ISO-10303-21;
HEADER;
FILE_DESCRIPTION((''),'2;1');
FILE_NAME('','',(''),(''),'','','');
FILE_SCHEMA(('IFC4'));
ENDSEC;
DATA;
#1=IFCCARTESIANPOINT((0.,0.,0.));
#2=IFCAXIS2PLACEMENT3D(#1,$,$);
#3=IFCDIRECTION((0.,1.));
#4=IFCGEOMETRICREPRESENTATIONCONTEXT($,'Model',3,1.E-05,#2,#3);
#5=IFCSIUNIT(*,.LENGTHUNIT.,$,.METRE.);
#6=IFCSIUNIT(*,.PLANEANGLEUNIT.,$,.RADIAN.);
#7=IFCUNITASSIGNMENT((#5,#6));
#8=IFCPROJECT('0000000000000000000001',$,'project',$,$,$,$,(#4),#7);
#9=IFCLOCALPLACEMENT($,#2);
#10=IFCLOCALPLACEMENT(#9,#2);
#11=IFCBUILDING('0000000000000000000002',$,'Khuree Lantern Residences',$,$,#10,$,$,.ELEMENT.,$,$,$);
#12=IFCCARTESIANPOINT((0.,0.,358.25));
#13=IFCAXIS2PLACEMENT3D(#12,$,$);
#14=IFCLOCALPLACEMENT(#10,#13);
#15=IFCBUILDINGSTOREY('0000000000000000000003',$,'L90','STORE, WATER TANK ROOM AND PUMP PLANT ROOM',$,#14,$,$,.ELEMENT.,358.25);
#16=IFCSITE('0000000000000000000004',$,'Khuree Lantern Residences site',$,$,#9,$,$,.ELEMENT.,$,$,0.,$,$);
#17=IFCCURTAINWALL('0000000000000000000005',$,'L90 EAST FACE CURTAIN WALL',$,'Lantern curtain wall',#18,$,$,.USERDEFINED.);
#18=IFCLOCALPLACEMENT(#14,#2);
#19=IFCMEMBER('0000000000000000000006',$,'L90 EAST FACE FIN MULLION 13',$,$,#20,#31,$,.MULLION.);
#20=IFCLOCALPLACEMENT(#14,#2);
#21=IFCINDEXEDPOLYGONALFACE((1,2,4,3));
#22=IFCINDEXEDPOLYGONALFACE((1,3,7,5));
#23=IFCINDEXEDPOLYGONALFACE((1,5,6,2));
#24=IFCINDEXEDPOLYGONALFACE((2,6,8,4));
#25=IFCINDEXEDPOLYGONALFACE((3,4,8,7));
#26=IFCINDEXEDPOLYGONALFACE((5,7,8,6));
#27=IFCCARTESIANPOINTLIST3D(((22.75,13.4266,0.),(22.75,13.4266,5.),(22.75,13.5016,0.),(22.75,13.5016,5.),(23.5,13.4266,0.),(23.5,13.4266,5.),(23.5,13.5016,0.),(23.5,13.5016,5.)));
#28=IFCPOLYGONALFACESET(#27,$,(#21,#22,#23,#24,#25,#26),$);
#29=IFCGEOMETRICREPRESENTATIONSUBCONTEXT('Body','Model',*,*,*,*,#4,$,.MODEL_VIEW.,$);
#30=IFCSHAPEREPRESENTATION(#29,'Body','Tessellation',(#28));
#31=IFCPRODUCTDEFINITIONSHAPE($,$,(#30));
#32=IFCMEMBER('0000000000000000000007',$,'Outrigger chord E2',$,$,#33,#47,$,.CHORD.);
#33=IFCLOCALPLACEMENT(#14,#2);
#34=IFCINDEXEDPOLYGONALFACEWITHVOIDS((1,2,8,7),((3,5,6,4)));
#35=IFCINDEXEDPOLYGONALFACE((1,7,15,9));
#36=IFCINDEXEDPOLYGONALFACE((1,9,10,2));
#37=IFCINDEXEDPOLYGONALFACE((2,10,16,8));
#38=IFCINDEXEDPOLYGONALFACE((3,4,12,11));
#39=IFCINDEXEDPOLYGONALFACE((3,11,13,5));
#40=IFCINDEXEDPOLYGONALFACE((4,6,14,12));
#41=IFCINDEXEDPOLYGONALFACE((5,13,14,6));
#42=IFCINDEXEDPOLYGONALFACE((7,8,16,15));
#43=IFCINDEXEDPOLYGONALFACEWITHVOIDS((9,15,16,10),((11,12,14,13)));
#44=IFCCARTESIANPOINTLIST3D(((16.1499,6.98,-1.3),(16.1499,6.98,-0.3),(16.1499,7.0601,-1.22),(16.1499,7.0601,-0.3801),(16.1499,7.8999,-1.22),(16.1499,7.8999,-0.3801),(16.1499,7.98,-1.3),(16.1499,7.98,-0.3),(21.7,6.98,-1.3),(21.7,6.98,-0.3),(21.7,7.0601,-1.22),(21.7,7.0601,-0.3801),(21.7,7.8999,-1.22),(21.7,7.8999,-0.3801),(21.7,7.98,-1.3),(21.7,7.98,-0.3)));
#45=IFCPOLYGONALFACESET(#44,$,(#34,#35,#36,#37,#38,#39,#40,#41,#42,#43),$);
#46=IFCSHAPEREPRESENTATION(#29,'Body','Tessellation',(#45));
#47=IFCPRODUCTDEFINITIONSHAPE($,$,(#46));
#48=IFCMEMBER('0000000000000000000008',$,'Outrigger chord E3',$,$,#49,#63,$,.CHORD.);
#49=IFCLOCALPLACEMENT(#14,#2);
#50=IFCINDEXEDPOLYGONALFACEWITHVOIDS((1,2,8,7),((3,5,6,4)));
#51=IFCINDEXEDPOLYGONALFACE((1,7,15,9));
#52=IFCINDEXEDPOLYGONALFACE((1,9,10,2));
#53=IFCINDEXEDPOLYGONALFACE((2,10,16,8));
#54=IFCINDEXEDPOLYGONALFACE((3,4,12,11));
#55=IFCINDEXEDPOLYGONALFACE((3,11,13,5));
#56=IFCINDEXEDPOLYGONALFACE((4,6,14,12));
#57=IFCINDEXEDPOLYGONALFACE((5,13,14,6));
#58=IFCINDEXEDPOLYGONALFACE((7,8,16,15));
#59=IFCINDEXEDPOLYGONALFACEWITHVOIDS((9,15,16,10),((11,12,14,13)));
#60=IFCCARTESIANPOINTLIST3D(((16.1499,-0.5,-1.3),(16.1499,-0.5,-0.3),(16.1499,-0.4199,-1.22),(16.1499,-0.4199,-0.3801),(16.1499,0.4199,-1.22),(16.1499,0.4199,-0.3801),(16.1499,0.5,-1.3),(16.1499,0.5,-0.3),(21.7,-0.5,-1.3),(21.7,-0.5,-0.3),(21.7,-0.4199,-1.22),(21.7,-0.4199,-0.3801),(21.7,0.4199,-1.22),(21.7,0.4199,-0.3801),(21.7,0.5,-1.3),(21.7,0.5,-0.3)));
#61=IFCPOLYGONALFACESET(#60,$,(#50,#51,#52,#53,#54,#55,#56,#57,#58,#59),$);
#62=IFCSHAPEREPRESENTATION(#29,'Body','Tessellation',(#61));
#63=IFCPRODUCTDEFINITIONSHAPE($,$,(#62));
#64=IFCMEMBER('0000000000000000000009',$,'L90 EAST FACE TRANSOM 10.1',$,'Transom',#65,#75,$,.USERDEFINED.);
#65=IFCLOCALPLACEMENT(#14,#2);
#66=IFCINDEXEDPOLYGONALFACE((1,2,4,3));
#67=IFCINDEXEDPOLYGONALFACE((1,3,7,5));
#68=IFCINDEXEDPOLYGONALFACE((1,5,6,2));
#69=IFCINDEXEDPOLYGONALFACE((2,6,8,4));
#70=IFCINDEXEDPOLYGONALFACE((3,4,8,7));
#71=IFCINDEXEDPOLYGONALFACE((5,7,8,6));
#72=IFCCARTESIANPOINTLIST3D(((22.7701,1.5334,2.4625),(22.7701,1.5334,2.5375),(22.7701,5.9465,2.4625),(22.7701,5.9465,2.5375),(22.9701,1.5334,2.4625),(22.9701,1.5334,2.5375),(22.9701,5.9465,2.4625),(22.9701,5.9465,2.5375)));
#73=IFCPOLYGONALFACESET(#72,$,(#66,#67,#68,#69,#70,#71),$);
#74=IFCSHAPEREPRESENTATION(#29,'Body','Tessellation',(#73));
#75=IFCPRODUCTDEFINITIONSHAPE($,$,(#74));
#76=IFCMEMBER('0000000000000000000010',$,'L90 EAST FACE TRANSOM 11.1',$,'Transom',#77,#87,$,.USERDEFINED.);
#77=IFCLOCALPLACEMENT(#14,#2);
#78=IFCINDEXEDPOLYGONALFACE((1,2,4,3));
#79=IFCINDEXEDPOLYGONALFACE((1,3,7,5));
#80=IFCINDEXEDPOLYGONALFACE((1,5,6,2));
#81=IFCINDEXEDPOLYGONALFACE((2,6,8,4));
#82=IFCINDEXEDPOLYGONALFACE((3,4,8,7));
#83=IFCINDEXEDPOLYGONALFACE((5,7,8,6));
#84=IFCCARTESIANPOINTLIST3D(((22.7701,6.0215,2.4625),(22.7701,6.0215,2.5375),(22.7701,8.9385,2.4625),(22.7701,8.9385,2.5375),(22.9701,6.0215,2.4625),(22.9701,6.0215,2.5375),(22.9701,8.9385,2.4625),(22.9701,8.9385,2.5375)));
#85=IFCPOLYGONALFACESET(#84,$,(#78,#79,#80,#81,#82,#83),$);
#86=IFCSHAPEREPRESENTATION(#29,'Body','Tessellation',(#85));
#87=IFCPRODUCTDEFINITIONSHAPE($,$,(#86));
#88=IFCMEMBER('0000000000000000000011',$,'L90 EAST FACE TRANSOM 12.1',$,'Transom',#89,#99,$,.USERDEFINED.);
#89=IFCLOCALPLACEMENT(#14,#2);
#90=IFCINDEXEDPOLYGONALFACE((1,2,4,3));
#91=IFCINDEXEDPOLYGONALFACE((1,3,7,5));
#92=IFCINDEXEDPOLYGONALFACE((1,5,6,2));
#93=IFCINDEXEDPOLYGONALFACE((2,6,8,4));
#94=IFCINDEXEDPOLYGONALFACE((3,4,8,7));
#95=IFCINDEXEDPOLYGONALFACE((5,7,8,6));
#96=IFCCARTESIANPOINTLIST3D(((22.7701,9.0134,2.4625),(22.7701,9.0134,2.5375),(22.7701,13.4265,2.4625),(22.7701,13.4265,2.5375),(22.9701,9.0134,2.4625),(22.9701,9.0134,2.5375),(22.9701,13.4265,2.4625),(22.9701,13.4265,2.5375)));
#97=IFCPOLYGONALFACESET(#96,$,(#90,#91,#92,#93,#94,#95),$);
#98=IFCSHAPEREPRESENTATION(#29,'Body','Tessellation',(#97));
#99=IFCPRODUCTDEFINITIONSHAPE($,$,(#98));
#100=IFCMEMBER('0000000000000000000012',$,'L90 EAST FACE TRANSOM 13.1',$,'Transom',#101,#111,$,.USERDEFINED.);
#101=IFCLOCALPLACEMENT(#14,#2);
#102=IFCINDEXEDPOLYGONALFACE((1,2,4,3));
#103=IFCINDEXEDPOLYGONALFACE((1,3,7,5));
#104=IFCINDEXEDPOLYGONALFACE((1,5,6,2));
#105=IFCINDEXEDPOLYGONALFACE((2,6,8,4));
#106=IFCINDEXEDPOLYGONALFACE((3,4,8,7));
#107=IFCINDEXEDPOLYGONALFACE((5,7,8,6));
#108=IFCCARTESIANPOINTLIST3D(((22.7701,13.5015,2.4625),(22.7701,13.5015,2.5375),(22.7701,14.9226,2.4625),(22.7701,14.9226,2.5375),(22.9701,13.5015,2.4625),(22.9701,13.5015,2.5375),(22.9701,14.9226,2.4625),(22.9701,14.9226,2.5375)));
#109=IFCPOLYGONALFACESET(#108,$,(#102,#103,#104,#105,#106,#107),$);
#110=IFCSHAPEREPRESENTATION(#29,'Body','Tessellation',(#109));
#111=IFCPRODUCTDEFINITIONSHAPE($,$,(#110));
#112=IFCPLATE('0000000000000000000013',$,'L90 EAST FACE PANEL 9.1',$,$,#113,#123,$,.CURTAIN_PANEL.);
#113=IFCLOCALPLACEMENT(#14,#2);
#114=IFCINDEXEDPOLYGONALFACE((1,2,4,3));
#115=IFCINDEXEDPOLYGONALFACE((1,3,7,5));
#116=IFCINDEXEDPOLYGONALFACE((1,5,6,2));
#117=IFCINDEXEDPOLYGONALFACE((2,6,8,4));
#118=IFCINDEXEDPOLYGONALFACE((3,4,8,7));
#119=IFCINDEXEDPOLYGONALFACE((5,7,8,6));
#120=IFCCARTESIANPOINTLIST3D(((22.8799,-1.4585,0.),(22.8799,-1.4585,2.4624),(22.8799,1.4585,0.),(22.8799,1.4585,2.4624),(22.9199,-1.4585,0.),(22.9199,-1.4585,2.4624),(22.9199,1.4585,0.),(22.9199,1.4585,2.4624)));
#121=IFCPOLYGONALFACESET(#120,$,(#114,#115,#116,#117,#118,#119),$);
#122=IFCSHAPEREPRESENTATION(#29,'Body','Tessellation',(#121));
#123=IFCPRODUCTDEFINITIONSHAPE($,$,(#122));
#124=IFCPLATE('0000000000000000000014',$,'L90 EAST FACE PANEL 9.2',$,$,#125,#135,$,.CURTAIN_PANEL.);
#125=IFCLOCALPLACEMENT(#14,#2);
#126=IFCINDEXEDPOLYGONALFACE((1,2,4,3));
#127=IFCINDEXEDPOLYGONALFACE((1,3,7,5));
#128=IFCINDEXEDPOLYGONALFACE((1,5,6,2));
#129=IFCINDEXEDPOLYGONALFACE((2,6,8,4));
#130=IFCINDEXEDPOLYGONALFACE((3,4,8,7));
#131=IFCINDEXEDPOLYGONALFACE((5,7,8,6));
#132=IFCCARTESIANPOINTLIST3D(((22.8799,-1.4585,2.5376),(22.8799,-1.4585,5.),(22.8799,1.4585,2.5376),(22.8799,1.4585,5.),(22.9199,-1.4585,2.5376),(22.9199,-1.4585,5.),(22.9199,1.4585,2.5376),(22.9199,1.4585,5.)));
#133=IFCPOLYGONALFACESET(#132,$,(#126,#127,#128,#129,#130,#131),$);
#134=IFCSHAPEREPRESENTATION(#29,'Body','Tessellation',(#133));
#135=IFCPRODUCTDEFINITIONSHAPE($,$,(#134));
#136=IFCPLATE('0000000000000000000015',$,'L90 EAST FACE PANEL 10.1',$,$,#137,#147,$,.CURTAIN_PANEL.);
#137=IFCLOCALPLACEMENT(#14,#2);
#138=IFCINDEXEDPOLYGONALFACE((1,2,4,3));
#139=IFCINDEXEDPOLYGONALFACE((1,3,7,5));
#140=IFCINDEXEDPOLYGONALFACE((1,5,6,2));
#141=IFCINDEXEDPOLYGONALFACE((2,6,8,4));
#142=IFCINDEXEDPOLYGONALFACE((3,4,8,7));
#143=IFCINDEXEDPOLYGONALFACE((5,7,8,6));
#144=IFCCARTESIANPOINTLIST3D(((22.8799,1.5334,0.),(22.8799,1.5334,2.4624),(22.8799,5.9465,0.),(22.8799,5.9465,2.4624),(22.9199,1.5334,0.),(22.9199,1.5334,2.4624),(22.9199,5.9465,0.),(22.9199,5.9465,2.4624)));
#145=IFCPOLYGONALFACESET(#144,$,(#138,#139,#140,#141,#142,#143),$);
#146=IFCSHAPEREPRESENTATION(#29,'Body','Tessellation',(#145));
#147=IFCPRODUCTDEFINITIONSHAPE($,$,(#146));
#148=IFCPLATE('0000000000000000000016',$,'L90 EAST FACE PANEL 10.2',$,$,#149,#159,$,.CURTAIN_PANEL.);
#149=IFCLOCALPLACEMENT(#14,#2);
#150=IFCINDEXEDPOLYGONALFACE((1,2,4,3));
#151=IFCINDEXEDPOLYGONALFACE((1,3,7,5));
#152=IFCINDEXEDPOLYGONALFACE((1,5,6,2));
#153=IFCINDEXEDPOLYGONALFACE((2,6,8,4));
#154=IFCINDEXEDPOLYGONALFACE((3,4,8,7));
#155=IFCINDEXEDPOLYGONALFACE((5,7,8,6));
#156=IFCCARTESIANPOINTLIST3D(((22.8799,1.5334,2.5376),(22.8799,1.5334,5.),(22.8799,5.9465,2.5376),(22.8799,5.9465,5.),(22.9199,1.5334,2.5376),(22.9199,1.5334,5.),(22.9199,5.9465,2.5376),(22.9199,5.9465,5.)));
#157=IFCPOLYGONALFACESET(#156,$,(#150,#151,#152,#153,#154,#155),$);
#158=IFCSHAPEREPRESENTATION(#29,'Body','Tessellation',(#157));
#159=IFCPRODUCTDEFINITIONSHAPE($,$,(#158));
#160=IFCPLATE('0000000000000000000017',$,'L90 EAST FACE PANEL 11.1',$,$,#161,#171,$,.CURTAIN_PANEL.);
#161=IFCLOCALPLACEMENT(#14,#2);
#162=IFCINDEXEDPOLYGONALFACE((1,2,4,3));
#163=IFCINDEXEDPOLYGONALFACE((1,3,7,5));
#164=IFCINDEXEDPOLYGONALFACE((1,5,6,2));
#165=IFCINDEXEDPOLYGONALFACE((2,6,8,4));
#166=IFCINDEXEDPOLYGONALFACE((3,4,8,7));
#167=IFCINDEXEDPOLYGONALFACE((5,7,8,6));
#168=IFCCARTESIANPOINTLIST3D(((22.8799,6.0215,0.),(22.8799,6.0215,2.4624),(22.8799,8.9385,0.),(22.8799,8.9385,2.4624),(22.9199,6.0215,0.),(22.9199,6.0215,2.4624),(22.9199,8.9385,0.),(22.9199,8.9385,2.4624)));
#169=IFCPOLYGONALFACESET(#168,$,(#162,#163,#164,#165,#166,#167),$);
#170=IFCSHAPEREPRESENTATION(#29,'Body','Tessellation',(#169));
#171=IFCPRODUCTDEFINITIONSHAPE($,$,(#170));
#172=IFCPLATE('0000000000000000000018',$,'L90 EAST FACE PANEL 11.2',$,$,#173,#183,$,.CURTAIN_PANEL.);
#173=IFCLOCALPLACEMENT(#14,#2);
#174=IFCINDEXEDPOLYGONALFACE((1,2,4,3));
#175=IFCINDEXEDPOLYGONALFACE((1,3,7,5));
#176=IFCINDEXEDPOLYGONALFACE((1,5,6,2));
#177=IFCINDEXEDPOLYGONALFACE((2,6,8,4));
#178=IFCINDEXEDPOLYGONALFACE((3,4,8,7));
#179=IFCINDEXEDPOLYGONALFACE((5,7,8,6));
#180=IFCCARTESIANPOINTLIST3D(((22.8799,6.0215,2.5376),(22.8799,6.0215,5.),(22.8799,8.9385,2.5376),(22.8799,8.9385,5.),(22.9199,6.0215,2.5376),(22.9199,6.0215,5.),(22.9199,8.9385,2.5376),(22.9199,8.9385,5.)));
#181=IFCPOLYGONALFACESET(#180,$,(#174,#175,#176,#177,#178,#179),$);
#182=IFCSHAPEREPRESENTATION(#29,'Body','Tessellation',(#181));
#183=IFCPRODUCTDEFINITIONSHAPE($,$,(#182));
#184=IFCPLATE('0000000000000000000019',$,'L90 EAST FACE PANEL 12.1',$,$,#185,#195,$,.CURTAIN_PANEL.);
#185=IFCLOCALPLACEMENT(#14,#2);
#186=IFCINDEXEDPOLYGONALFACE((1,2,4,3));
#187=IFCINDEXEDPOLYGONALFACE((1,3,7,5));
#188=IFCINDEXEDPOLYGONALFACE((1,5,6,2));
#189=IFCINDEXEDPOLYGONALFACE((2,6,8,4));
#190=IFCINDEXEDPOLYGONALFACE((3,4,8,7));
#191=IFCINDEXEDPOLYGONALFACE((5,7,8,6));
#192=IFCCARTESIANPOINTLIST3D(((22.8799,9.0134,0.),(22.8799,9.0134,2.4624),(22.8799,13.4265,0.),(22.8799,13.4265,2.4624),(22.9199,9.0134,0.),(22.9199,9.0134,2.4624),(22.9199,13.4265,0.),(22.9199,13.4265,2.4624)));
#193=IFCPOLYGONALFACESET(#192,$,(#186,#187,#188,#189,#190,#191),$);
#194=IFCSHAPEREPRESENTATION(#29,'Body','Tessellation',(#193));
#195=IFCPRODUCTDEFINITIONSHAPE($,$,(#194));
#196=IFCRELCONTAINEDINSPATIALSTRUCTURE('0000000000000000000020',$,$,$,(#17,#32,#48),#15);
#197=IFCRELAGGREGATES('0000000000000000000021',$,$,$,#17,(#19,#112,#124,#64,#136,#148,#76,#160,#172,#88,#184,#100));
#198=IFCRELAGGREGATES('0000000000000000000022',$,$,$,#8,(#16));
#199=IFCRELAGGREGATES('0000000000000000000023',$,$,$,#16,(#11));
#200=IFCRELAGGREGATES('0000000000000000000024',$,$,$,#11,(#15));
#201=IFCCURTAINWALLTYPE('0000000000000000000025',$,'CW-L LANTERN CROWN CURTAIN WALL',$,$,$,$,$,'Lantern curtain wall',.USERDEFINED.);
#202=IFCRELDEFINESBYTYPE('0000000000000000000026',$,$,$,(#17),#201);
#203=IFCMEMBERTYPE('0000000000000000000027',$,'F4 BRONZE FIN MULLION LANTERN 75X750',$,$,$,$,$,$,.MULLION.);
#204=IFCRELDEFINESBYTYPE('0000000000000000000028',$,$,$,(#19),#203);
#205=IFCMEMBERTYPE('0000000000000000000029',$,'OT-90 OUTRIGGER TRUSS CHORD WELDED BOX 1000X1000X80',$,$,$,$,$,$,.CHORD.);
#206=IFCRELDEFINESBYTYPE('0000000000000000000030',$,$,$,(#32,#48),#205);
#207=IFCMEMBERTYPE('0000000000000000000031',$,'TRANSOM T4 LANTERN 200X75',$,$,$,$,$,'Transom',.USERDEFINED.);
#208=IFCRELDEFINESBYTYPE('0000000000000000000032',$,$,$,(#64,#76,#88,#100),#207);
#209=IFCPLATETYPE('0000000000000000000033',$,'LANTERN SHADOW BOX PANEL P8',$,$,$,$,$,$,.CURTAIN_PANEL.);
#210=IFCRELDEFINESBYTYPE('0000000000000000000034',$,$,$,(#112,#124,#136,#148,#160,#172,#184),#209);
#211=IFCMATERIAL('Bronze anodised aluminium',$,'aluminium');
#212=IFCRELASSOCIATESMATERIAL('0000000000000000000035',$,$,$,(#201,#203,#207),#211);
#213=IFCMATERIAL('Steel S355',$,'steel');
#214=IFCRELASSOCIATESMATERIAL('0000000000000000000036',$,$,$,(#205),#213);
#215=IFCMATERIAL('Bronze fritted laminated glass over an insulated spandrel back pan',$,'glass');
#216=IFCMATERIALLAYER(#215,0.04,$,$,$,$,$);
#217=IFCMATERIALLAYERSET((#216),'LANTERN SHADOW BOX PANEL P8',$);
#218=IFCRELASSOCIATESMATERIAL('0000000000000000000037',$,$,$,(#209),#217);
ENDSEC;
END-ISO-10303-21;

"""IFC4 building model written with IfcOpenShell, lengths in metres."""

from ifc_helpers import new_model, si_unit, direction, frame, origin, origin_2d, place, context, subcontext, project, spatial, rectangle, hollow_rectangle, extrude, material, layer, layer_set, material_profile, profile_set, type_object, element, aggregate, save


model = new_model("IFC4")

# Units and contexts
model_context = context("Model", 3, precision=1e-05, world=origin(), true_north=direction((0.0, 1.0)))
body_context = subcontext(model_context, "Body", "Model", "MODEL_VIEW")
ifc_project = project(units=[si_unit("LENGTHUNIT", "METRE"), si_unit("PLANEANGLEUNIT", "RADIAN")], contexts=[model_context])

# Site, building, storey
site_placement = place(None, origin())
site = spatial("IfcSite", under=ifc_project, at=site_placement, Name="Khuree Lantern Residences site", CompositionType="ELEMENT", RefElevation=0.0)
building_placement = place(site_placement, origin())
building = spatial("IfcBuilding", under=site, at=building_placement, Name="Khuree Lantern Residences", CompositionType="ELEMENT")
storey_placement = place(building_placement, frame((0.0, 0.0, 358.25)))
storey = spatial("IfcBuildingStorey", under=building, at=storey_placement, Name="L90", Description="STORE, WATER TANK ROOM AND PUMP PLANT ROOM", CompositionType="ELEMENT", Elevation=358.25)

# Shared definitions
ifc_material_1 = material(Name="Steel S355", Category="steel")

# Curtain wall, member
ifc_material_2 = material(Name="Bronze anodised aluminium", Category="aluminium")
curtain_wall_type = type_object("IfcCurtainWallType", Name="CW-L LANTERN CROWN CURTAIN WALL", ElementType="Lantern curtain wall", PredefinedType="USERDEFINED", material=ifc_material_2)
curtain_wall_placement = place(storey_placement, origin())
curtain_wall = element("IfcCurtainWall", 1, at=curtain_wall_placement, inside=storey, type_object=curtain_wall_type, Name="L90 EAST FACE CURTAIN WALL", ObjectType="Lantern curtain wall", PredefinedType="USERDEFINED")
ifc_material_profile_1 = material_profile(ifc_material_2, rectangle(XDim=0.075, YDim=0.75, at=origin_2d()), Name="F4 75X750")
ifc_profile_set_1 = profile_set([ifc_material_profile_1], Name="Bronze anodised aluminium")
member_type_1 = type_object("IfcMemberType", Name="F4 BRONZE FIN MULLION LANTERN 75X750", PredefinedType="MULLION", material=ifc_profile_set_1)
member_1_placement = place(storey_placement, frame((23.125, 13.4641, 0.0), z_axis=(0.0, 0.0, 1.0), x_axis=(0.0, 1.0, 0.0)))
member_1 = element("IfcMember", 2, at=member_1_placement, type_object=member_type_1, Name="L90 EAST FACE FIN MULLION 13", PredefinedType="MULLION", context=body_context, shape_type="SweptSolid", body=[
    extrude(rectangle(XDim=0.075, YDim=0.75, at=origin_2d()), origin(), (0.0, 0.0, 1.0), 5.0),
])

# Members
ifc_material_profile_2 = material_profile(ifc_material_1, hollow_rectangle(XDim=1.0, YDim=1.0, WallThickness=0.0801, at=origin_2d()), Name="WELDED BOX 1000X1000X80")
ifc_profile_set_2 = profile_set([ifc_material_profile_2], Name="Steel S355")
member_type_2 = type_object("IfcMemberType", Name="OT-90 OUTRIGGER TRUSS CHORD WELDED BOX 1000X1000X80", PredefinedType="CHORD", material=ifc_profile_set_2)
for number, where, z_axis, x_axis, name in (
    (3, (21.7, 7.48, -0.8), (-1.0, 0.0, 0.0), (0.0, -1.0, 0.0), "Outrigger chord E2"),
    (4, (21.7, 0.0, -0.8), (-1.0, 0.0, 0.0), (0.0, -1.0, 0.0), "Outrigger chord E3"),
):
    element("IfcMember", number, at=place(storey_placement, frame(where, z_axis=z_axis, x_axis=x_axis)), inside=storey, type_object=member_type_2, Name=name, PredefinedType="CHORD", context=body_context, shape_type="SweptSolid", body=[
        extrude(hollow_rectangle(XDim=1.0, YDim=1.0, WallThickness=0.0801, at=origin_2d()), origin(), (0.0, 0.0, 1.0), 5.55),
    ])

# Members
ifc_material_profile_3 = material_profile(ifc_material_2, rectangle(XDim=0.2, YDim=0.075, at=origin_2d()), Name="T4 200X75")
ifc_profile_set_3 = profile_set([ifc_material_profile_3], Name="Bronze anodised aluminium")
member_type_3 = type_object("IfcMemberType", Name="TRANSOM T4 LANTERN 200X75", ElementType="Transom", PredefinedType="USERDEFINED", material=ifc_profile_set_3)
member_2_placement = place(storey_placement, frame((22.8701, 1.5334, 2.5), z_axis=(0.0, 1.0, 0.0), x_axis=(-1.0, 0.0, 0.0)))
member_2 = element("IfcMember", 5, at=member_2_placement, type_object=member_type_3, Name="L90 EAST FACE TRANSOM 10.1", ObjectType="Transom", PredefinedType="USERDEFINED", context=body_context, shape_type="SweptSolid", body=[
    extrude(rectangle(XDim=0.2, YDim=0.075, at=origin_2d()), origin(), (0.0, 0.0, 1.0), 4.4131),
])
member_3_placement = place(storey_placement, frame((22.8701, 6.0215, 2.5), z_axis=(0.0, 1.0, 0.0), x_axis=(-1.0, 0.0, 0.0)))
member_3 = element("IfcMember", 6, at=member_3_placement, type_object=member_type_3, Name="L90 EAST FACE TRANSOM 11.1", ObjectType="Transom", PredefinedType="USERDEFINED", context=body_context, shape_type="SweptSolid", body=[
    extrude(rectangle(XDim=0.2, YDim=0.075, at=origin_2d()), origin(), (0.0, 0.0, 1.0), 2.917),
])
member_4_placement = place(storey_placement, frame((22.8701, 9.0134, 2.5), z_axis=(0.0, 1.0, 0.0), x_axis=(-1.0, 0.0, 0.0)))
member_4 = element("IfcMember", 7, at=member_4_placement, type_object=member_type_3, Name="L90 EAST FACE TRANSOM 12.1", ObjectType="Transom", PredefinedType="USERDEFINED", context=body_context, shape_type="SweptSolid", body=[
    extrude(rectangle(XDim=0.2, YDim=0.075, at=origin_2d()), origin(), (0.0, 0.0, 1.0), 4.4131),
])
member_5_placement = place(storey_placement, frame((22.8701, 13.5015, 2.5), z_axis=(0.0, 1.0, 0.0), x_axis=(-1.0, 0.0, 0.0)))
member_5 = element("IfcMember", 8, at=member_5_placement, type_object=member_type_3, Name="L90 EAST FACE TRANSOM 13.1", ObjectType="Transom", PredefinedType="USERDEFINED", context=body_context, shape_type="SweptSolid", body=[
    extrude(rectangle(XDim=0.2, YDim=0.075, at=origin_2d()), origin(), (0.0, 0.0, 1.0), 1.4211),
])

# Plates
ifc_material_3 = material(Name="Bronze fritted laminated glass over an insulated spandrel back pan", Category="glass")
ifc_layer = layer(ifc_material_3, 0.04)
ifc_layer_set = layer_set([ifc_layer], Name="LANTERN SHADOW BOX PANEL P8")
plate_type = type_object("IfcPlateType", Name="LANTERN SHADOW BOX PANEL P8", PredefinedType="CURTAIN_PANEL", material=ifc_layer_set)
plate_1_placement = place(storey_placement, frame((22.8999, 0.0, 0.0), z_axis=(0.0, 0.0, 1.0), x_axis=(0.0, 1.0, 0.0)))
plate_1 = element("IfcPlate", 9, at=plate_1_placement, type_object=plate_type, Name="L90 EAST FACE PANEL 9.1", PredefinedType="CURTAIN_PANEL", context=body_context, shape_type="SweptSolid", body=[
    extrude(rectangle(XDim=2.917, YDim=0.04, at=origin_2d()), origin(), (0.0, 0.0, 1.0), 2.4624),
])
plate_2_placement = place(storey_placement, frame((22.8999, 0.0, 2.5376), z_axis=(0.0, 0.0, 1.0), x_axis=(0.0, 1.0, 0.0)))
plate_2 = element("IfcPlate", 10, at=plate_2_placement, type_object=plate_type, Name="L90 EAST FACE PANEL 9.2", PredefinedType="CURTAIN_PANEL", context=body_context, shape_type="SweptSolid", body=[
    extrude(rectangle(XDim=2.917, YDim=0.04, at=origin_2d()), origin(), (0.0, 0.0, 1.0), 2.4624),
])
plate_3_placement = place(storey_placement, frame((22.8999, 3.74, 0.0), z_axis=(0.0, 0.0, 1.0), x_axis=(0.0, 1.0, 0.0)))
plate_3 = element("IfcPlate", 11, at=plate_3_placement, type_object=plate_type, Name="L90 EAST FACE PANEL 10.1", PredefinedType="CURTAIN_PANEL", context=body_context, shape_type="SweptSolid", body=[
    extrude(rectangle(XDim=4.4131, YDim=0.04, at=origin_2d()), origin(), (0.0, 0.0, 1.0), 2.4624),
])
plate_4_placement = place(storey_placement, frame((22.8999, 3.74, 2.5376), z_axis=(0.0, 0.0, 1.0), x_axis=(0.0, 1.0, 0.0)))
plate_4 = element("IfcPlate", 12, at=plate_4_placement, type_object=plate_type, Name="L90 EAST FACE PANEL 10.2", PredefinedType="CURTAIN_PANEL", context=body_context, shape_type="SweptSolid", body=[
    extrude(rectangle(XDim=4.4131, YDim=0.04, at=origin_2d()), origin(), (0.0, 0.0, 1.0), 2.4624),
])
plate_5_placement = place(storey_placement, frame((22.8999, 7.48, 0.0), z_axis=(0.0, 0.0, 1.0), x_axis=(0.0, 1.0, 0.0)))
plate_5 = element("IfcPlate", 13, at=plate_5_placement, type_object=plate_type, Name="L90 EAST FACE PANEL 11.1", PredefinedType="CURTAIN_PANEL", context=body_context, shape_type="SweptSolid", body=[
    extrude(rectangle(XDim=2.917, YDim=0.04, at=origin_2d()), origin(), (0.0, 0.0, 1.0), 2.4624),
])
plate_6_placement = place(storey_placement, frame((22.8999, 7.48, 2.5376), z_axis=(0.0, 0.0, 1.0), x_axis=(0.0, 1.0, 0.0)))
plate_6 = element("IfcPlate", 14, at=plate_6_placement, type_object=plate_type, Name="L90 EAST FACE PANEL 11.2", PredefinedType="CURTAIN_PANEL", context=body_context, shape_type="SweptSolid", body=[
    extrude(rectangle(XDim=2.917, YDim=0.04, at=origin_2d()), origin(), (0.0, 0.0, 1.0), 2.4624),
])
plate_7_placement = place(storey_placement, frame((22.8999, 11.22, 0.0), z_axis=(0.0, 0.0, 1.0), x_axis=(0.0, 1.0, 0.0)))
plate_7 = element("IfcPlate", 15, at=plate_7_placement, type_object=plate_type, Name="L90 EAST FACE PANEL 12.1", PredefinedType="CURTAIN_PANEL", context=body_context, shape_type="SweptSolid", body=[
    extrude(rectangle(XDim=4.4131, YDim=0.04, at=origin_2d()), origin(), (0.0, 0.0, 1.0), 2.4624),
])
aggregate(curtain_wall, [member_1, plate_1, plate_2, member_2, plate_3, plate_4, member_3, plate_5, plate_6, member_4, plate_7, member_5])

save(model, "model.ifc")
